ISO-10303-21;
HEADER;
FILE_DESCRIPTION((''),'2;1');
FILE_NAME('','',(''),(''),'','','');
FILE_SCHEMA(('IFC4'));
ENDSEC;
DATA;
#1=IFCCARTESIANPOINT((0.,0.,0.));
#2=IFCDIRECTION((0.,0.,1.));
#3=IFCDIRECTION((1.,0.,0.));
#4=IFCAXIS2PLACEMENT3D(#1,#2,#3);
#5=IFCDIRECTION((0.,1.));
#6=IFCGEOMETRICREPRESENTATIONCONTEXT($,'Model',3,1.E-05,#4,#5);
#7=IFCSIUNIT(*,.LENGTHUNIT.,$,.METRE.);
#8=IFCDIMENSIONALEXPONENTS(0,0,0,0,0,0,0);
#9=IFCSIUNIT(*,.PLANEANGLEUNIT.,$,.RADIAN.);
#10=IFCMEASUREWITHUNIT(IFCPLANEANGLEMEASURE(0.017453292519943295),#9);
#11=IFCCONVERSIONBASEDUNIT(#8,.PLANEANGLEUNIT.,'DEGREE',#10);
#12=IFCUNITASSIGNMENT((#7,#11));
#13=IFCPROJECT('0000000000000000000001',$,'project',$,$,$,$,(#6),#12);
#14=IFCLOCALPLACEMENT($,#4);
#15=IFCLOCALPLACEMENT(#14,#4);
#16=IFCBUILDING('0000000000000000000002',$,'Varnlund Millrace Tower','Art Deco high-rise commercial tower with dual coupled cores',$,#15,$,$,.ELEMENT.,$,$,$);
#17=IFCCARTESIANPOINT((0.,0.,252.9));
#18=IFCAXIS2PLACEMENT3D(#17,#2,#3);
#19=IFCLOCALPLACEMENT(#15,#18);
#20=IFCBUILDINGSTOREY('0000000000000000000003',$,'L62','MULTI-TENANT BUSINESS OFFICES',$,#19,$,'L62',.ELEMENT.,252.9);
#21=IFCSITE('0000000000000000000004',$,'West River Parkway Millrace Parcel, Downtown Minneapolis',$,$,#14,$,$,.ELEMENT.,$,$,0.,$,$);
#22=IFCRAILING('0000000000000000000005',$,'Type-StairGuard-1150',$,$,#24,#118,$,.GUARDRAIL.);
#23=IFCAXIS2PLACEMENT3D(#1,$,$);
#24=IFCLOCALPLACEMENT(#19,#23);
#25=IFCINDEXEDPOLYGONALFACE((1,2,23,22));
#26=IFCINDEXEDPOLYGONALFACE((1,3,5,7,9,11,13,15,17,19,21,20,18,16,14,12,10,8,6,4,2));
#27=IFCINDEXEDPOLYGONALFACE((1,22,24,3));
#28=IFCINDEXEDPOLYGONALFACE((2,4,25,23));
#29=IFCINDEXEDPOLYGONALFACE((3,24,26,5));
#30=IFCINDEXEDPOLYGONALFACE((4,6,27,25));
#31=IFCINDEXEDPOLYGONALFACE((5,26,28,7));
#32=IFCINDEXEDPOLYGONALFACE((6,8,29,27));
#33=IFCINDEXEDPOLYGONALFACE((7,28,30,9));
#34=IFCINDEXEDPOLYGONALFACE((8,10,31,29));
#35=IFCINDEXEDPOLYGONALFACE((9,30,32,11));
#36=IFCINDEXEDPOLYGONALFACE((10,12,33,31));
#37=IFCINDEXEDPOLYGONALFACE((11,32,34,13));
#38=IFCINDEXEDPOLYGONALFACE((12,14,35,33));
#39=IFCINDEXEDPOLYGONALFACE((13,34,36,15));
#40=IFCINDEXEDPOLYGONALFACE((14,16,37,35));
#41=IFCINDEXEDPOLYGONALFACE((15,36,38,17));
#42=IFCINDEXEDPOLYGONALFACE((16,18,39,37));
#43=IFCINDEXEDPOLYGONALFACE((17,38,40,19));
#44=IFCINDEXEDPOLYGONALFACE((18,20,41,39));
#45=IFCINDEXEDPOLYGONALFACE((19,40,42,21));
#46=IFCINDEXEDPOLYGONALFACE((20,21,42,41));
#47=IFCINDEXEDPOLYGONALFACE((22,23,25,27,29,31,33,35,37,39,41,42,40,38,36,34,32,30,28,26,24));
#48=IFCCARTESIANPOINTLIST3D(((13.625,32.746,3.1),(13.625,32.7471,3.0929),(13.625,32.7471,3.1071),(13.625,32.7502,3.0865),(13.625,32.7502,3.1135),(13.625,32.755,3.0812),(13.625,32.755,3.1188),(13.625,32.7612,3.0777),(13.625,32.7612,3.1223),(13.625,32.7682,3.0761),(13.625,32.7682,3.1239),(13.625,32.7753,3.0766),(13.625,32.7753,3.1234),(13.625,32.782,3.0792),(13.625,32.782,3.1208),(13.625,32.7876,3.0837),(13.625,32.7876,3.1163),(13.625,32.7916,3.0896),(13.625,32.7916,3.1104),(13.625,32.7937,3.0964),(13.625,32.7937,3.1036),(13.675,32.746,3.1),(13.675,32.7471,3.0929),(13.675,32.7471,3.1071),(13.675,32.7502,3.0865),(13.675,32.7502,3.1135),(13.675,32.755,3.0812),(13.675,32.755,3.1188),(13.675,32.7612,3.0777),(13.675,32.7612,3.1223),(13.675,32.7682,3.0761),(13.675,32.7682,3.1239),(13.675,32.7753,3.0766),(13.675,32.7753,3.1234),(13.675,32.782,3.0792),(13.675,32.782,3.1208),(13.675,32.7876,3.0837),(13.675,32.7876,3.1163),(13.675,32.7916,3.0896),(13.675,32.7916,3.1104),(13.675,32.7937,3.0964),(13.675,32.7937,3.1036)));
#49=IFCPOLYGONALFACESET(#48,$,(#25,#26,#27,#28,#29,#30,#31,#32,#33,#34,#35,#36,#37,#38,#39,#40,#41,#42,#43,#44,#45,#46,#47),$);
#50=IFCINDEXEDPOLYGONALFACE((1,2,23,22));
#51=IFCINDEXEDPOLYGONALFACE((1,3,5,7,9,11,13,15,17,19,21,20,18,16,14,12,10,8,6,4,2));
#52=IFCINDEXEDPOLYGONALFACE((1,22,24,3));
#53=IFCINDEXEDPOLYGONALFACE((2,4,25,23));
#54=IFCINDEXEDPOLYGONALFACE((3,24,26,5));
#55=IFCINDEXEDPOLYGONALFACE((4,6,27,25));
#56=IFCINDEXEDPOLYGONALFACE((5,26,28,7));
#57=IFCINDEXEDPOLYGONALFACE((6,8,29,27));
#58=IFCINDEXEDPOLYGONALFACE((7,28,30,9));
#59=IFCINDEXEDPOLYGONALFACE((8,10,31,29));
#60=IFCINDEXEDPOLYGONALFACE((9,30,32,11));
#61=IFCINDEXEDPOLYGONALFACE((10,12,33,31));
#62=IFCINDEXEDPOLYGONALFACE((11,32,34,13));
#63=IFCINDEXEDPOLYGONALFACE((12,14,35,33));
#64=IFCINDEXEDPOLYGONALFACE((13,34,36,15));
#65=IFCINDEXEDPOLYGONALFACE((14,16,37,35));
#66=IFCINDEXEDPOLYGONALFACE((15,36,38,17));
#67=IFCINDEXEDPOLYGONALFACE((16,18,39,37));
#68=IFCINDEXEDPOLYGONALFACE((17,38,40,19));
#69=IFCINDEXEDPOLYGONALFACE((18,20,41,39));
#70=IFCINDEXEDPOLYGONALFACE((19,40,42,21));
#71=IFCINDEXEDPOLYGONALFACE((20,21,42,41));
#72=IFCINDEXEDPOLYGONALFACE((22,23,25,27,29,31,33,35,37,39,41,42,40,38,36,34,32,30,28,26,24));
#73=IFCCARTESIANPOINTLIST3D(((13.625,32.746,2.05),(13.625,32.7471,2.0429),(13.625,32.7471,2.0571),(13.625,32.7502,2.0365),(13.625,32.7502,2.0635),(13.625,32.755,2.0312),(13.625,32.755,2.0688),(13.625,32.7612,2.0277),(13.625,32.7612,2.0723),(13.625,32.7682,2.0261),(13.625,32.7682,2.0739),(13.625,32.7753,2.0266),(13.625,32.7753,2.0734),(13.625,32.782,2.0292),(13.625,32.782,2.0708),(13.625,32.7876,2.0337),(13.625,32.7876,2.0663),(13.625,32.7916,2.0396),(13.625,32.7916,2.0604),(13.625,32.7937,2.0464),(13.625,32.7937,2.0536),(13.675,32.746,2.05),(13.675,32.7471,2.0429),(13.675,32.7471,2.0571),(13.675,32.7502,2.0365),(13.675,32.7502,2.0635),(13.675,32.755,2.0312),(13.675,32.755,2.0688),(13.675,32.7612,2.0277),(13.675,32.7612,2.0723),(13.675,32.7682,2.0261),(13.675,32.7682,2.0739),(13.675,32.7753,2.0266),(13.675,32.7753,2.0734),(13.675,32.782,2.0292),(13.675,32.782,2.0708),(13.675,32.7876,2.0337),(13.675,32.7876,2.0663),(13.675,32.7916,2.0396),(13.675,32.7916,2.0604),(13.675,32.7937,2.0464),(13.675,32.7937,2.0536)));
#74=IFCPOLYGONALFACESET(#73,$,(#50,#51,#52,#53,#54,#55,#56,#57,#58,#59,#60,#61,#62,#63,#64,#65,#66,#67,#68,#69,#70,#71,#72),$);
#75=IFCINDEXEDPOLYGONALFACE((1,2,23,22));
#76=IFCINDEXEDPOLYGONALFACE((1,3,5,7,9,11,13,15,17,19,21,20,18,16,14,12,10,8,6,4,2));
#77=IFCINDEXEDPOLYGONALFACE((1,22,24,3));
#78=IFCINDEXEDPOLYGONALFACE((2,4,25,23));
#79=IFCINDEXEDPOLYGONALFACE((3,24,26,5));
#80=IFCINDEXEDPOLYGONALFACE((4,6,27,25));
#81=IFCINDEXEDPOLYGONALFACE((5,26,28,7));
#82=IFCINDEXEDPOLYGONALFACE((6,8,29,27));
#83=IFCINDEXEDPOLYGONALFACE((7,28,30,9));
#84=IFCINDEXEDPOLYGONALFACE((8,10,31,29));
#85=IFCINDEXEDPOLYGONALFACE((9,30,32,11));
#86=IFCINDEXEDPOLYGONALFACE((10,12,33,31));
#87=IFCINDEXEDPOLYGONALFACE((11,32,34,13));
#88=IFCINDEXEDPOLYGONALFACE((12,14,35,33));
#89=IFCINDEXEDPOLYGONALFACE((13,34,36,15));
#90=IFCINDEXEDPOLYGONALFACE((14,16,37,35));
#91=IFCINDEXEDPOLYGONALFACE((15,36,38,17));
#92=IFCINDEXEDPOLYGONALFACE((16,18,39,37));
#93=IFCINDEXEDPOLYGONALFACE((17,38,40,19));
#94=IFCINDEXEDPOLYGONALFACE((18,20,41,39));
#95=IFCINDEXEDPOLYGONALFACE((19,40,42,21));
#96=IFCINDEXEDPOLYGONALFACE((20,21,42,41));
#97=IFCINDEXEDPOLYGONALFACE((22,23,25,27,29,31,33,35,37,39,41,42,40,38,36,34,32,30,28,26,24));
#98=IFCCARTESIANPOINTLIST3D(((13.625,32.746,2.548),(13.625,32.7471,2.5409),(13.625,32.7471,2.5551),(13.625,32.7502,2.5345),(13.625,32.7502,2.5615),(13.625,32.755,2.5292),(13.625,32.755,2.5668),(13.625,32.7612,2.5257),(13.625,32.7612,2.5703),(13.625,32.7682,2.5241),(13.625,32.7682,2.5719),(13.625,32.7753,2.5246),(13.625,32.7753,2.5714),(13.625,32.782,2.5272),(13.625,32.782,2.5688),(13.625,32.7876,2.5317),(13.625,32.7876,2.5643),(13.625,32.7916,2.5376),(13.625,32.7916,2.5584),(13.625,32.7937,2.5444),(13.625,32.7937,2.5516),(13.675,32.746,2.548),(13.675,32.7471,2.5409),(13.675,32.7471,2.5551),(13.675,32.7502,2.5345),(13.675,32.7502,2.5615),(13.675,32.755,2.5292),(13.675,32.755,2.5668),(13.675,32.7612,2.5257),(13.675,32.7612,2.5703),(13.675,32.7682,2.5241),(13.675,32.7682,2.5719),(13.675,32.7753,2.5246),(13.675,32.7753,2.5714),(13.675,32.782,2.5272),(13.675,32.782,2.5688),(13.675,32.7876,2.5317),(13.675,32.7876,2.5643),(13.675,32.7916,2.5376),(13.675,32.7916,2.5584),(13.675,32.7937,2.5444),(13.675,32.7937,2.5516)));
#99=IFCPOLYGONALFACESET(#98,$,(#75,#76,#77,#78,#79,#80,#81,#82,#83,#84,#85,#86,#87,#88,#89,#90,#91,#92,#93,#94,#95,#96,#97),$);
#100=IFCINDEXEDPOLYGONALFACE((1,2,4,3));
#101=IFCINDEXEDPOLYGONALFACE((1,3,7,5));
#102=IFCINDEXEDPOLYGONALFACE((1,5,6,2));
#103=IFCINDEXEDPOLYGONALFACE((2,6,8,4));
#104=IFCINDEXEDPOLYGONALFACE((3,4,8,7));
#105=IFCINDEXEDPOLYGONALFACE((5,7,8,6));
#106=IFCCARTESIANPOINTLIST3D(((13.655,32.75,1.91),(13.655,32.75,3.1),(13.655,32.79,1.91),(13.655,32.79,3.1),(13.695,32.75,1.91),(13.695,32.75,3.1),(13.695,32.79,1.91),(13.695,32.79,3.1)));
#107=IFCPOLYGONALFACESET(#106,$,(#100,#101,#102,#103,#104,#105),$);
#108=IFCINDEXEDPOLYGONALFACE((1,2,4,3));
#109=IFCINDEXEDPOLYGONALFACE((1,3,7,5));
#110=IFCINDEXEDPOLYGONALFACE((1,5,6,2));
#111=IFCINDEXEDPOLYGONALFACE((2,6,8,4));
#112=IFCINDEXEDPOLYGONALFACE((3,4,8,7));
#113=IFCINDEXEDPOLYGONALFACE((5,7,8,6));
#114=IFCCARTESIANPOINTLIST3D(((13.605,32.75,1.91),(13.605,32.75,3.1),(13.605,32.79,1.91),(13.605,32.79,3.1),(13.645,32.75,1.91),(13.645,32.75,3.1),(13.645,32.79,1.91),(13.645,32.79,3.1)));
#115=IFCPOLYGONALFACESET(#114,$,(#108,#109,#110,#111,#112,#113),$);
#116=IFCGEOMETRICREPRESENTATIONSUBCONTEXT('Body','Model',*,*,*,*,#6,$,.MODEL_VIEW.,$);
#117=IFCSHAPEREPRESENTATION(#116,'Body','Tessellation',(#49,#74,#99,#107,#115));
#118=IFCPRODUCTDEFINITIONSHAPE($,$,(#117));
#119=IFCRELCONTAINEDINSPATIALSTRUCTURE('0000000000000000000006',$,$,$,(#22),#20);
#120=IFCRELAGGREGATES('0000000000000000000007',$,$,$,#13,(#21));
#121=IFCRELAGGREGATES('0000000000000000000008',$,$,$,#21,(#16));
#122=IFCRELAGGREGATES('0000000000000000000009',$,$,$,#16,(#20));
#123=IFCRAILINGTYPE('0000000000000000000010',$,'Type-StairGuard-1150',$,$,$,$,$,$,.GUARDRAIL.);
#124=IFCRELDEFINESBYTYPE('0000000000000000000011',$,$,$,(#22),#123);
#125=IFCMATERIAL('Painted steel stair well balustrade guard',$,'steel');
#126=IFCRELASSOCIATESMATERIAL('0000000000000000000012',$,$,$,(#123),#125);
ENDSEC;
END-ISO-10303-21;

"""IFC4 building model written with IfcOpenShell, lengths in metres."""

from ifc_helpers import new_model, entity, si_unit, converted_unit, direction, frame, origin_with_axes, origin_2d_with_axis, place, context, subcontext, project, spatial, rectangle, circle, extrude, material, type_object, element, save


model = new_model("IFC4")

# Units and contexts
model_context = context("Model", 3, precision=1e-05, world=origin_with_axes(), true_north=direction((0.0, 1.0)))
body_context = subcontext(model_context, "Body", "Model", "MODEL_VIEW")
ifc_project = project(units=[si_unit("LENGTHUNIT", "METRE"), converted_unit("PLANEANGLEUNIT", "DEGREE", entity("IfcPlaneAngleMeasure", 0.017453292519943295), si_unit("PLANEANGLEUNIT", "RADIAN"), dimensions=[0, 0, 0, 0, 0, 0, 0])], contexts=[model_context])

# Site, building, storey
site_placement = place(None, origin_with_axes())
site = spatial("IfcSite", under=ifc_project, at=site_placement, Name="West River Parkway Millrace Parcel, Downtown Minneapolis", CompositionType="ELEMENT", RefElevation=0.0)
building_placement = place(site_placement, origin_with_axes())
building = spatial("IfcBuilding", under=site, at=building_placement, Name="Varnlund Millrace Tower", Description="Art Deco high-rise commercial tower with dual coupled cores", CompositionType="ELEMENT")
storey_placement = place(building_placement, frame((0.0, 0.0, 252.9), z_axis=(0.0, 0.0, 1.0), x_axis=(1.0, 0.0, 0.0)))
storey = spatial("IfcBuildingStorey", under=building, at=storey_placement, Name="L62", Description="MULTI-TENANT BUSINESS OFFICES", LongName="L62", CompositionType="ELEMENT", Elevation=252.9)

# Railing
ifc_material_1 = material(Name="Painted steel stair well balustrade guard", Category="steel")
railing_type_1 = type_object("IfcRailingType", Name="Type-StairGuard-1150", PredefinedType="GUARDRAIL", material=ifc_material_1)
railing_1_placement = place(storey_placement, frame((0.0, 0.0, -252.9), z_axis=(0.0, 0.0, 1.0), x_axis=(1.0, 0.0, 0.0)))
element("IfcRailing", 1, at=railing_1_placement, inside=storey, type_object=railing_type_1, Name="Type-StairGuard-1150", PredefinedType="GUARDRAIL", context=body_context, shape_type="SweptSolid", body=[
    extrude(circle(Radius=0.024, at=origin_2d_with_axis()), frame((13.675, 32.77, 256.0), z_axis=(-1.0, 0.0, 0.0), x_axis=(0.0, -1.0, 0.0)), (0.0, 0.0, 1.0), 0.05),
    extrude(circle(Radius=0.024, at=origin_2d_with_axis()), frame((13.675, 32.77, 254.95), z_axis=(-1.0, 0.0, 0.0), x_axis=(0.0, -1.0, 0.0)), (0.0, 0.0, 1.0), 0.05),
    extrude(circle(Radius=0.024, at=origin_2d_with_axis()), frame((13.675, 32.77, 255.448), z_axis=(-1.0, 0.0, 0.0), x_axis=(0.0, -1.0, 0.0)), (0.0, 0.0, 1.0), 0.05),
    extrude(rectangle(XDim=0.04, YDim=0.04, at=origin_2d_with_axis()), frame((13.675, 32.77, 254.81), z_axis=(0.0, 0.0, 1.0), x_axis=(1.0, 0.0, 0.0)), (0.0, 0.0, 1.0), 1.19),
    extrude(rectangle(XDim=0.04, YDim=0.04, at=origin_2d_with_axis()), frame((13.625, 32.77, 254.81), z_axis=(0.0, 0.0, 1.0), x_axis=(1.0, 0.0, 0.0)), (0.0, 0.0, 1.0), 1.19),
])

save(model, "model.ifc")
